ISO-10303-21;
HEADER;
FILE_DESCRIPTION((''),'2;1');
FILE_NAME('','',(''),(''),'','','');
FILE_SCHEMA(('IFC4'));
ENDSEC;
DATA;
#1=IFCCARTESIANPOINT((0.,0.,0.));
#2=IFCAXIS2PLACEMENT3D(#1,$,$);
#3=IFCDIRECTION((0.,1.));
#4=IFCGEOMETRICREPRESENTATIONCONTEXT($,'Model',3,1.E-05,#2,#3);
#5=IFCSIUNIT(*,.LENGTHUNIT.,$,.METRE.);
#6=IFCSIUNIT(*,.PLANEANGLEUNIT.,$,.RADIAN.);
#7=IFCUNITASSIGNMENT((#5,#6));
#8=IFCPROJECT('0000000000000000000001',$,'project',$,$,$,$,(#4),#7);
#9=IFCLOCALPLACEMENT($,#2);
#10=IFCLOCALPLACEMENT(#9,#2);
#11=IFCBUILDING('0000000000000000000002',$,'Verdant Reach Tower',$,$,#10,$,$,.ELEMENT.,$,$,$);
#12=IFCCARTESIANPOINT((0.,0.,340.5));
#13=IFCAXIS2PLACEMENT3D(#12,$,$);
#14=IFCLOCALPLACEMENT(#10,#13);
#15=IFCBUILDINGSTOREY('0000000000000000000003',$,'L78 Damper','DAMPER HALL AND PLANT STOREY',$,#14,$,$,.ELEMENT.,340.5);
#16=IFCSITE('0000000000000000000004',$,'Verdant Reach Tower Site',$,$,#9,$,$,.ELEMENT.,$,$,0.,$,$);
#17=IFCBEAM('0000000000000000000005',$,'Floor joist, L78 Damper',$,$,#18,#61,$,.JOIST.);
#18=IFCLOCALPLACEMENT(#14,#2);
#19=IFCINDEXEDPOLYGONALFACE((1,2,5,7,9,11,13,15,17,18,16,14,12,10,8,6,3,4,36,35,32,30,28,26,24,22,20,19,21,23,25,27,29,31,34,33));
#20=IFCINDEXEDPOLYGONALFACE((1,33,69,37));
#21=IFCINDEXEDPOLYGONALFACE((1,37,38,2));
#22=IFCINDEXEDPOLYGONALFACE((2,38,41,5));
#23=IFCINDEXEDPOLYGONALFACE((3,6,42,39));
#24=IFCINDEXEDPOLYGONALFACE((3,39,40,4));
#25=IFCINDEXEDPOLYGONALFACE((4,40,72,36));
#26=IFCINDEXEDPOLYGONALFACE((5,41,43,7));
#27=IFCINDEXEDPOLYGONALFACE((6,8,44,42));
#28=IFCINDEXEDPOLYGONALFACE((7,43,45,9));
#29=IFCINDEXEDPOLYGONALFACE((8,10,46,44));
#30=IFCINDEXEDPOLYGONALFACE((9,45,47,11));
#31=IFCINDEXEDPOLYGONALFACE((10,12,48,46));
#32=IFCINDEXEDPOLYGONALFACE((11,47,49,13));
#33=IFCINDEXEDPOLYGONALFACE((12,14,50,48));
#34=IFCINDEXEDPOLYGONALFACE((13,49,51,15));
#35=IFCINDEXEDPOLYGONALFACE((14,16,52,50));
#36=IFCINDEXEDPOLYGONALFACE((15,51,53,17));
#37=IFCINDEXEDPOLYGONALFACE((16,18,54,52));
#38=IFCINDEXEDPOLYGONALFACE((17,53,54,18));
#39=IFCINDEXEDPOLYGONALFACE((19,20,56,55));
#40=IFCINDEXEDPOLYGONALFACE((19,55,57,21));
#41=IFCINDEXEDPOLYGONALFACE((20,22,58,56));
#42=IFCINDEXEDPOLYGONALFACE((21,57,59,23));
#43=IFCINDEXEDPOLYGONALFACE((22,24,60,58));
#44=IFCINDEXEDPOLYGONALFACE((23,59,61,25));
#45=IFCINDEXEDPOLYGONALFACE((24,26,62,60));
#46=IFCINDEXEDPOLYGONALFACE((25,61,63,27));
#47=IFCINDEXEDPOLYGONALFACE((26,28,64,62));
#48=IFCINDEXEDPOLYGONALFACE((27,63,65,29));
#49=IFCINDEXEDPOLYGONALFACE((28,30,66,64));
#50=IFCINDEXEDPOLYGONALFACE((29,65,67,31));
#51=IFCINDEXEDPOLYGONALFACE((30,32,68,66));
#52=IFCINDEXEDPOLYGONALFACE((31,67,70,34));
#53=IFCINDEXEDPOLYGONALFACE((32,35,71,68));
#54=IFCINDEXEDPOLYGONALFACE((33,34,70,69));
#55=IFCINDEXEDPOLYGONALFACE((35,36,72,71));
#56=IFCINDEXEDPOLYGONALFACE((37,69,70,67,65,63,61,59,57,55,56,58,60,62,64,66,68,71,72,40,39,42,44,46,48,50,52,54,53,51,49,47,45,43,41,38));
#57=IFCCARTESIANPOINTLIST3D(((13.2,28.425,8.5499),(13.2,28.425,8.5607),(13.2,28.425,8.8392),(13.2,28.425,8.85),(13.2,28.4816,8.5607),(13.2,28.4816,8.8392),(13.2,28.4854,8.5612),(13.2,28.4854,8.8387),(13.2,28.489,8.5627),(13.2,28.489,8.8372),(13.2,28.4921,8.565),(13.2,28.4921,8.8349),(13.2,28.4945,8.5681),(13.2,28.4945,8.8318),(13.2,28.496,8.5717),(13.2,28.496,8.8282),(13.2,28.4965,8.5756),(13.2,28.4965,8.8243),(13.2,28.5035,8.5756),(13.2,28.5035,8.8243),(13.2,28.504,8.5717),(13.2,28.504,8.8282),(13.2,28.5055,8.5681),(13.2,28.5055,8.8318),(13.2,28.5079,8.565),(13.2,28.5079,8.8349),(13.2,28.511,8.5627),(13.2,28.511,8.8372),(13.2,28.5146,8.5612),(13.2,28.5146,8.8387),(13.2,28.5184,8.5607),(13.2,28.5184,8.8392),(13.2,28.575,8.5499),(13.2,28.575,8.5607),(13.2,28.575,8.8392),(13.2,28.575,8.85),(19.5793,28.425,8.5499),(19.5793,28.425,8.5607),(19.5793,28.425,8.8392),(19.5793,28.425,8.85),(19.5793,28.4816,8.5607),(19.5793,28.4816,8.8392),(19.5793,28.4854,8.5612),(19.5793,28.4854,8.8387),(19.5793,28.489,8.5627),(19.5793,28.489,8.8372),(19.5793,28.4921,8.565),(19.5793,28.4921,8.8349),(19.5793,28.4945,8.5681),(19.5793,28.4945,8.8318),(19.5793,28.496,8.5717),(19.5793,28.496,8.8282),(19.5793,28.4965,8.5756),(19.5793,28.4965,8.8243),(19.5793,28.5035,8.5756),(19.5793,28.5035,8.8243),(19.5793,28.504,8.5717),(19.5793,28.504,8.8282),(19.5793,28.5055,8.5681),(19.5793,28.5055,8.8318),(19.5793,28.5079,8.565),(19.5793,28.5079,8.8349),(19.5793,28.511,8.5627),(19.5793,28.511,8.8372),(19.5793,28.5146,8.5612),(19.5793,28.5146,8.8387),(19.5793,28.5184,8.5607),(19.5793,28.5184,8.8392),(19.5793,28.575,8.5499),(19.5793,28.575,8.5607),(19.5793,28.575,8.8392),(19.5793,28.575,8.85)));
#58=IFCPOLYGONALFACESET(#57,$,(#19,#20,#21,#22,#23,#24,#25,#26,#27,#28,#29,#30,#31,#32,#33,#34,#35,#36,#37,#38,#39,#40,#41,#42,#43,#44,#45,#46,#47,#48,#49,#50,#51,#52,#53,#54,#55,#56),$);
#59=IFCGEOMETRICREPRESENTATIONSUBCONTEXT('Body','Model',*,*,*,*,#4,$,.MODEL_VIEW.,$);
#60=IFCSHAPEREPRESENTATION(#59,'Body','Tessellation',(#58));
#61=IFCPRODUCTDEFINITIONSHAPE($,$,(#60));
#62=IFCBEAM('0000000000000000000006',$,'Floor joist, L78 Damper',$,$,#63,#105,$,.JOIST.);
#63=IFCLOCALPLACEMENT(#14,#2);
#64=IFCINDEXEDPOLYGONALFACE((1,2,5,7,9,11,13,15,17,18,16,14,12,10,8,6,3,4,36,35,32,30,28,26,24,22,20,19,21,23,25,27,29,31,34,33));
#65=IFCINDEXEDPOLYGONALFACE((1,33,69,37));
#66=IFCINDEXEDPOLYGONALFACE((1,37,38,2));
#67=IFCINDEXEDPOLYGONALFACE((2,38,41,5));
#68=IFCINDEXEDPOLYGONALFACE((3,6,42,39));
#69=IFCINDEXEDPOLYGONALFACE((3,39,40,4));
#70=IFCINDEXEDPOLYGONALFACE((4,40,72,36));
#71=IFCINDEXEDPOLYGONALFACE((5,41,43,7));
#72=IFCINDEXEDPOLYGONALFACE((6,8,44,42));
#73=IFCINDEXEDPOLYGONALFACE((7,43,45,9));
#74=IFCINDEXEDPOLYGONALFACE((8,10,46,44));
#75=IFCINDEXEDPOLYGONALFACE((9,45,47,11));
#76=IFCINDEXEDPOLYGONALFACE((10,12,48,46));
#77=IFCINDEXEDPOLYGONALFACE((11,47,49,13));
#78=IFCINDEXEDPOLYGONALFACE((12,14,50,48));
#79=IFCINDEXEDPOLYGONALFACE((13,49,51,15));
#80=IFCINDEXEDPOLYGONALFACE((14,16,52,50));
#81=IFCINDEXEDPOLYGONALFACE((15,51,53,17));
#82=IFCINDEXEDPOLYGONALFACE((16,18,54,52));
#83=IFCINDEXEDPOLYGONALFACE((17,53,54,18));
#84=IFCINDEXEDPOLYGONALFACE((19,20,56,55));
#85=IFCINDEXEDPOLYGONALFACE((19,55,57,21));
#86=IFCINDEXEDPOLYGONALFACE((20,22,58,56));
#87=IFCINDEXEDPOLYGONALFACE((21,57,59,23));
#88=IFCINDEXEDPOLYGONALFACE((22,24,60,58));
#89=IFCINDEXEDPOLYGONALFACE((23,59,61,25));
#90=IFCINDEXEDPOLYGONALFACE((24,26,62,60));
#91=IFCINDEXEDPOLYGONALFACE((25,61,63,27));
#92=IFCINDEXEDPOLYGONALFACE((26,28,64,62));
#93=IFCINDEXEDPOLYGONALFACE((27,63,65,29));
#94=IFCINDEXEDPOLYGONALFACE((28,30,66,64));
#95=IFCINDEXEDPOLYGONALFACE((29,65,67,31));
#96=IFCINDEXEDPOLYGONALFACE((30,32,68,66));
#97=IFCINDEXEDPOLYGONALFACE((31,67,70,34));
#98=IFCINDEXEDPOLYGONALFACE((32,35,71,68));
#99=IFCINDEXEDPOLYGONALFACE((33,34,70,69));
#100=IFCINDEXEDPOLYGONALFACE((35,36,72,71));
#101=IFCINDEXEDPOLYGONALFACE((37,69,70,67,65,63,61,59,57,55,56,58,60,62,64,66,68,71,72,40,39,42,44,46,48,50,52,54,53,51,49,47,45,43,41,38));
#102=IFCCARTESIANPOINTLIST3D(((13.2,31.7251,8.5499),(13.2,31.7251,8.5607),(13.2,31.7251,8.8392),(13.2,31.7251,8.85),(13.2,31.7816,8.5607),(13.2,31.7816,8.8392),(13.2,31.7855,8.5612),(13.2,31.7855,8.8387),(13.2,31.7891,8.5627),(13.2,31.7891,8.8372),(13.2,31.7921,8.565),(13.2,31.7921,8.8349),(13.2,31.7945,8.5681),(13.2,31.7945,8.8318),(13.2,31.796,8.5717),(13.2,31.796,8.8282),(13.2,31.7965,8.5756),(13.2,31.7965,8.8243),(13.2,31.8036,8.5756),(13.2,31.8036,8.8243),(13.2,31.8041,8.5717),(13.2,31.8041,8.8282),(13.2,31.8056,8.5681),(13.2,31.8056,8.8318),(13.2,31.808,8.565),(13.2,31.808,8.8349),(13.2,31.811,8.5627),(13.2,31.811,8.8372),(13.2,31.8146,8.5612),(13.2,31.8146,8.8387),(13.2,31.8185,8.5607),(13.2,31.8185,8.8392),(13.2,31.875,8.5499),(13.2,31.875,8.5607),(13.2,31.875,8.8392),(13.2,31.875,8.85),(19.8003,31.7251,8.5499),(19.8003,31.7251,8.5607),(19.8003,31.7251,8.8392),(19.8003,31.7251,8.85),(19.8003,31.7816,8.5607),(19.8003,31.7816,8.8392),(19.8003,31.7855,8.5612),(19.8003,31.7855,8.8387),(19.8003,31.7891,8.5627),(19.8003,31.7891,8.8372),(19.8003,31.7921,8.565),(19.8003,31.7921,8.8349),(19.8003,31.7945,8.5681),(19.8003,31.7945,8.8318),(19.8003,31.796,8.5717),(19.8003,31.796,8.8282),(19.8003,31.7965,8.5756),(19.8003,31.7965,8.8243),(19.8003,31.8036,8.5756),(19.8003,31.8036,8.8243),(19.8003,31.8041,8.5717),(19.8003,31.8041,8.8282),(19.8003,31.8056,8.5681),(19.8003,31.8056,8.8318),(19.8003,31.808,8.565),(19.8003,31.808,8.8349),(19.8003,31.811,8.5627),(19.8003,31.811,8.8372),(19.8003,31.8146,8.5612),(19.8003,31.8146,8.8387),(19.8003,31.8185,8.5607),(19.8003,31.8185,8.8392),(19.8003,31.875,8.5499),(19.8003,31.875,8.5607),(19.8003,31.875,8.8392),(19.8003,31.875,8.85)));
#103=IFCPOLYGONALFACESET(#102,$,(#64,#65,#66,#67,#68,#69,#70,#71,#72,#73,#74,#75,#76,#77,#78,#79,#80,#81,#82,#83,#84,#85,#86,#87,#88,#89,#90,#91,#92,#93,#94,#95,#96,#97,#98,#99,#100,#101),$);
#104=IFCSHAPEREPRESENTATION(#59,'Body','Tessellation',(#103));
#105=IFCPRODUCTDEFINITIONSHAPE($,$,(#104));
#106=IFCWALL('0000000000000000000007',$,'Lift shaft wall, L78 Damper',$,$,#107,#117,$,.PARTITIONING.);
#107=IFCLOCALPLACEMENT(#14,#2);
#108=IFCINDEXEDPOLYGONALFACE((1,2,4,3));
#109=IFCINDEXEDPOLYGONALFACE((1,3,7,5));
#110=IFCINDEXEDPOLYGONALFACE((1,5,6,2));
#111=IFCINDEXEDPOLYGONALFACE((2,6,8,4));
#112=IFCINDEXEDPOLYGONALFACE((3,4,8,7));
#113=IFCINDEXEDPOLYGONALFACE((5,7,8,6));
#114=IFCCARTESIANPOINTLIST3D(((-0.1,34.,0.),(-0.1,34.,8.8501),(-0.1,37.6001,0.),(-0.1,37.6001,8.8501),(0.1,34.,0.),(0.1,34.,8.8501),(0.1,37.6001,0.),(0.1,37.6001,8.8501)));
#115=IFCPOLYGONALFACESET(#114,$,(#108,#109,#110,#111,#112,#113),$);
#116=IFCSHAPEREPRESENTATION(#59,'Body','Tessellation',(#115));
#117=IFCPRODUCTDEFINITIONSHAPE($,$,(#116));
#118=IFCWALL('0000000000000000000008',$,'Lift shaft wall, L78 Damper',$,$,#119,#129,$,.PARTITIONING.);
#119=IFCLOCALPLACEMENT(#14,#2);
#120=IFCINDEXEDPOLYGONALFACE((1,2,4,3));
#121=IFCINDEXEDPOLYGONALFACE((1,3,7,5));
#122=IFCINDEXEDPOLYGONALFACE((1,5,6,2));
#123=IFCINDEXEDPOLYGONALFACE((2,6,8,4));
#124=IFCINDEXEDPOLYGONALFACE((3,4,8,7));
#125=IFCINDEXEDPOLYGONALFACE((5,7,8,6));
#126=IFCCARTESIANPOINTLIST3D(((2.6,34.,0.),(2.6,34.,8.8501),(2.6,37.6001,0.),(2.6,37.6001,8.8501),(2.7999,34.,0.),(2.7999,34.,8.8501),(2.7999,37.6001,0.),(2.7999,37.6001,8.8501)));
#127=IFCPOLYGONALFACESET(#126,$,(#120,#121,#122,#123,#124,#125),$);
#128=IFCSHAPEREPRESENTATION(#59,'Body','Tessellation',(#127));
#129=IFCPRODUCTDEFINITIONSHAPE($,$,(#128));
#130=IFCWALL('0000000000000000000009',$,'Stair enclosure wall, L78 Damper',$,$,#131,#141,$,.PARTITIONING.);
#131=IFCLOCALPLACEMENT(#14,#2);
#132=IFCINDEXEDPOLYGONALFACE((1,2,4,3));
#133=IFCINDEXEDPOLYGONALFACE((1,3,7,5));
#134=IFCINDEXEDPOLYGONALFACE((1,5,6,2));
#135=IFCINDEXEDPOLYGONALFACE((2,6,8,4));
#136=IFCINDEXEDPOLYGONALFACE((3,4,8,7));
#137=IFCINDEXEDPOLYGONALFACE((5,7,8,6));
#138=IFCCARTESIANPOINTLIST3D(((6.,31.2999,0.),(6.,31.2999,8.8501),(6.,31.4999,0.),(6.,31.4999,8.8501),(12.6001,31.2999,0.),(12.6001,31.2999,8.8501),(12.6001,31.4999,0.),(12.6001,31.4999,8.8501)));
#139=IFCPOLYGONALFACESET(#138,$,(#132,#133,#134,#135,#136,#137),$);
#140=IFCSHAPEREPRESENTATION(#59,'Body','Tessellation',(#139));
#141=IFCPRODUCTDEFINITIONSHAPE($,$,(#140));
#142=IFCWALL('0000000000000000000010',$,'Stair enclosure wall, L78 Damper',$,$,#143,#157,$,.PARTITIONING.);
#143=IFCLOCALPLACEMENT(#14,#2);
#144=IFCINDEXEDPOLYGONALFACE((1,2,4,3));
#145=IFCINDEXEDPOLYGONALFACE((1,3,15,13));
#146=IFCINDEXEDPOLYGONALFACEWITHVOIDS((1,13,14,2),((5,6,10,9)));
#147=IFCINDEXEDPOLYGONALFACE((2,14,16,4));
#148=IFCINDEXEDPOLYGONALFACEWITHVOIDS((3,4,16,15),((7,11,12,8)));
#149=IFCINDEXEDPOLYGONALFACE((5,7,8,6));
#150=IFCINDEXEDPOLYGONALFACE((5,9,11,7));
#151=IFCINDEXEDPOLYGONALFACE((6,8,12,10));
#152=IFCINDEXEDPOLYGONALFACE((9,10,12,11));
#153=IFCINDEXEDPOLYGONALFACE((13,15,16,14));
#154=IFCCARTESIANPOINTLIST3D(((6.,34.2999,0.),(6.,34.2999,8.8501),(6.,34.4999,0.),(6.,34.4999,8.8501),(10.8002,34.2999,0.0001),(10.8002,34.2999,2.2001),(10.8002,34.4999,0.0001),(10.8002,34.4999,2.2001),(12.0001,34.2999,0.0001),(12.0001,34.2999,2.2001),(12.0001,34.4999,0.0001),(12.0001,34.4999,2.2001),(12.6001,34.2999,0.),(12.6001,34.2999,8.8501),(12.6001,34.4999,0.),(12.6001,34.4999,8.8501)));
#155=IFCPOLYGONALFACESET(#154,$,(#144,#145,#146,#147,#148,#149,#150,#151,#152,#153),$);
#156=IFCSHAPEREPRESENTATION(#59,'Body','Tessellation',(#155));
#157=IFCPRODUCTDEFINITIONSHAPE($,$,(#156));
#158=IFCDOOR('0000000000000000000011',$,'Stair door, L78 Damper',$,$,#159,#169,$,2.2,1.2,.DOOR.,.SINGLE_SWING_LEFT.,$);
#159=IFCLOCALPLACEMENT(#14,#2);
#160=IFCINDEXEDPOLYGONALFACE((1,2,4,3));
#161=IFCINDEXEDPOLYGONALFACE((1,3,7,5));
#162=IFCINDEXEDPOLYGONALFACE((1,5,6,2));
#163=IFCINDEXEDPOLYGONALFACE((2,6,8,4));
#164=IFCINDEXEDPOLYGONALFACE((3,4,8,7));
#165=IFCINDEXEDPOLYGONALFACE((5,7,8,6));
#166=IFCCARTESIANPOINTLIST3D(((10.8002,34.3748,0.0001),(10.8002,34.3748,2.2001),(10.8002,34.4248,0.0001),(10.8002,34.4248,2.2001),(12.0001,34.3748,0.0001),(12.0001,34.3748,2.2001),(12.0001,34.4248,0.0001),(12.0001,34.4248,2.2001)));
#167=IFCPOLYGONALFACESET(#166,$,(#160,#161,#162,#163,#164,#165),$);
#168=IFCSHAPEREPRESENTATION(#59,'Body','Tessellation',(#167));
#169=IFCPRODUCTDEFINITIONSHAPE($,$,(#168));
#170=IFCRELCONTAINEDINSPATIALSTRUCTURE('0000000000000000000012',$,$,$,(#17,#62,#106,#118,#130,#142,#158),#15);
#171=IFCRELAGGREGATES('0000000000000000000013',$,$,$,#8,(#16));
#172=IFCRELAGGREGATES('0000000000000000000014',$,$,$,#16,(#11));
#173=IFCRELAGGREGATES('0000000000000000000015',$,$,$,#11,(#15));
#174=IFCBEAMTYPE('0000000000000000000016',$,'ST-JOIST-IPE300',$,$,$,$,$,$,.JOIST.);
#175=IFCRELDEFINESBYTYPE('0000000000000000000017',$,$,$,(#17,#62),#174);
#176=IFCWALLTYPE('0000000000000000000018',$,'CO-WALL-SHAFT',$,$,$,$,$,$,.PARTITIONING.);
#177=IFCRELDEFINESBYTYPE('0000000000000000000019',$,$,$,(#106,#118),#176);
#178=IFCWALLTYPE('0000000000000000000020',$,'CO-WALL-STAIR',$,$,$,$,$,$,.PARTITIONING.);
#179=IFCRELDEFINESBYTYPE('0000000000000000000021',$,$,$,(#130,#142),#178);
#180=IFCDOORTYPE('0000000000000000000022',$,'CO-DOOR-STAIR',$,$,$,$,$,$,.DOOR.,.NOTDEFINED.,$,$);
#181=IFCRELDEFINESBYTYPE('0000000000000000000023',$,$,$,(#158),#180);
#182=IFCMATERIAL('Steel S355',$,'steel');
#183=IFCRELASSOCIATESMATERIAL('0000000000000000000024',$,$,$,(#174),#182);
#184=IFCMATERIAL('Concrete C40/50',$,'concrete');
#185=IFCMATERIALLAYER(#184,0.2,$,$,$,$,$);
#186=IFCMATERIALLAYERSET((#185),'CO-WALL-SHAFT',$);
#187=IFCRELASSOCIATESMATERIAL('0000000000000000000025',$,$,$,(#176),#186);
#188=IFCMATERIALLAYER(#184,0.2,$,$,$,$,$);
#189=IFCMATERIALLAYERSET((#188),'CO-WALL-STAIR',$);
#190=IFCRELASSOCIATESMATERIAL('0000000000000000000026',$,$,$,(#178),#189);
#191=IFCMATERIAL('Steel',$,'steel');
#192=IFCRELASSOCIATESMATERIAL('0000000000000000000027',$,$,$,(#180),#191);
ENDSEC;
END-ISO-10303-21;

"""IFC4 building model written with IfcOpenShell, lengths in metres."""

from ifc_helpers import new_model, si_unit, direction, frame, frame_2d, origin, origin_2d, place, context, subcontext, project, spatial, rectangle, i_section, extrude, material, layer, layer_set, material_profile, profile_set, type_object, element, fill, save


model = new_model("IFC4")

# Units and contexts
model_context = context("Model", 3, precision=1e-05, world=origin(), true_north=direction((0.0, 1.0)))
body_context = subcontext(model_context, "Body", "Model", "MODEL_VIEW")
ifc_project = project(units=[si_unit("LENGTHUNIT", "METRE"), si_unit("PLANEANGLEUNIT", "RADIAN")], contexts=[model_context])

# Site, building, storey
site_placement = place(None, origin())
site = spatial("IfcSite", under=ifc_project, at=site_placement, Name="Verdant Reach Tower Site", CompositionType="ELEMENT", RefElevation=0.0)
building_placement = place(site_placement, origin())
building = spatial("IfcBuilding", under=site, at=building_placement, Name="Verdant Reach Tower", CompositionType="ELEMENT")
storey_placement = place(building_placement, frame((0.0, 0.0, 340.5)))
storey = spatial("IfcBuildingStorey", under=building, at=storey_placement, Name="L78 Damper", Description="DAMPER HALL AND PLANT STOREY", CompositionType="ELEMENT", Elevation=340.5)

# Beams
ifc_material_1 = material(Name="Steel S355", Category="steel")
ifc_material_profile = material_profile(ifc_material_1, i_section(OverallWidth=0.1499, OverallDepth=0.3, WebThickness=0.0071, FlangeThickness=0.0107, FilletRadius=0.0149, at=origin_2d()), Name="IPE 300")
ifc_profile_set = profile_set([ifc_material_profile], Name="Steel S355")
beam_type = type_object("IfcBeamType", Name="ST-JOIST-IPE300", PredefinedType="JOIST", material=ifc_profile_set)
beam_1_placement = place(storey_placement, frame((13.2, 28.5, 8.7), z_axis=(1.0, 0.0, 0.0), x_axis=(0.0, 1.0, 0.0)))
element("IfcBeam", 1, at=beam_1_placement, inside=storey, type_object=beam_type, Name="Floor joist, L78 Damper", PredefinedType="JOIST", context=body_context, shape_type="SweptSolid", body=[
    extrude(i_section(OverallWidth=0.1499, OverallDepth=0.3, WebThickness=0.0071, FlangeThickness=0.0107, FilletRadius=0.0149, at=origin_2d()), origin(), (0.0, 0.0, 1.0), 6.3794),
])
beam_2_placement = place(storey_placement, frame((13.2, 31.8, 8.7), z_axis=(1.0, 0.0, 0.0), x_axis=(0.0, 1.0, 0.0)))
element("IfcBeam", 2, at=beam_2_placement, inside=storey, type_object=beam_type, Name="Floor joist, L78 Damper", PredefinedType="JOIST", context=body_context, shape_type="SweptSolid", body=[
    extrude(i_section(OverallWidth=0.1499, OverallDepth=0.3, WebThickness=0.0071, FlangeThickness=0.0107, FilletRadius=0.0149, at=origin_2d()), origin(), (0.0, 0.0, 1.0), 6.6003),
])

# Walls
ifc_material_2 = material(Name="Concrete C40/50", Category="concrete")
ifc_layer_1 = layer(ifc_material_2, 0.2)
ifc_layer_set_1 = layer_set([ifc_layer_1], Name="CO-WALL-SHAFT")
wall_type_1 = type_object("IfcWallType", Name="CO-WALL-SHAFT", PredefinedType="PARTITIONING", material=ifc_layer_set_1)
for number, where, z_axis, x_axis, name in (
    (3, (0.0, 34.0, 0.0), (0.0, 0.0, 1.0), (0.0, 1.0, 0.0), "Lift shaft wall, L78 Damper"),
    (4, (2.7, 34.0, 0.0), (0.0, 0.0, 1.0), (0.0, 1.0, 0.0), "Lift shaft wall, L78 Damper"),
):
    element("IfcWall", number, at=place(storey_placement, frame(where, z_axis=z_axis, x_axis=x_axis)), inside=storey, type_object=wall_type_1, Name=name, PredefinedType="PARTITIONING", context=body_context, shape_type="SweptSolid", body=[
        extrude(rectangle(XDim=3.6001, YDim=0.2, at=frame_2d((1.8, 0.0))), origin(), (0.0, 0.0, 1.0), 8.8501),
    ])
ifc_layer_2 = layer(ifc_material_2, 0.2)
ifc_layer_set_2 = layer_set([ifc_layer_2], Name="CO-WALL-STAIR")
wall_type_2 = type_object("IfcWallType", Name="CO-WALL-STAIR", PredefinedType="PARTITIONING", material=ifc_layer_set_2)
wall_1_placement = place(storey_placement, frame((6.0, 31.3999, 0.0), z_axis=(0.0, 0.0, 1.0), x_axis=(1.0, 0.0, 0.0)))
element("IfcWall", 5, at=wall_1_placement, inside=storey, type_object=wall_type_2, Name="Stair enclosure wall, L78 Damper", PredefinedType="PARTITIONING", context=body_context, shape_type="SweptSolid", body=[
    extrude(rectangle(XDim=6.6001, YDim=0.2, at=frame_2d((3.3, 0.0))), origin(), (0.0, 0.0, 1.0), 8.8501),
])

# Wall, opening, door
wall_2_placement = place(storey_placement, frame((6.0, 34.3999, 0.0), z_axis=(0.0, 0.0, 1.0), x_axis=(1.0, 0.0, 0.0)))
wall_2 = element("IfcWall", 6, at=wall_2_placement, inside=storey, type_object=wall_type_2, Name="Stair enclosure wall, L78 Damper", PredefinedType="PARTITIONING", context=body_context, shape_type="SweptSolid", body=[
    extrude(rectangle(XDim=6.6001, YDim=0.2, at=frame_2d((3.3, 0.0))), origin(), (0.0, 0.0, 1.0), 8.8501),
])
opening_placement = place(wall_2_placement, frame((4.8, 0.0, 0.0)))
opening = element("IfcOpeningElement", 7, at=opening_placement, cuts=wall_2, PredefinedType="OPENING", context=body_context, shape_type="SweptSolid", body=[
    extrude(rectangle(XDim=1.2, YDim=2.2, at=frame_2d((0.6001, 1.1001))), frame((0.0, 0.1099, 0.0), z_axis=(0.0, -1.0, 0.0), x_axis=(1.0, 0.0, 0.0)), (0.0, 0.0, 1.0), 0.22),
])
ifc_material_3 = material(Name="Steel", Category="steel")
door_type = type_object("IfcDoorType", Name="CO-DOOR-STAIR", OperationType="NOTDEFINED", PredefinedType="DOOR", material=ifc_material_3)
door_placement = place(opening_placement, origin())
door = element("IfcDoor", 8, at=door_placement, inside=storey, type_object=door_type, Name="Stair door, L78 Damper", OperationType="SINGLE_SWING_LEFT", OverallHeight=2.2, OverallWidth=1.2, PredefinedType="DOOR", context=body_context, shape_type="SweptSolid", body=[
    extrude(rectangle(XDim=1.2, YDim=2.2, at=frame_2d((0.6001, 1.1001))), frame((0.0, 0.0249, 0.0), z_axis=(0.0, -1.0, 0.0), x_axis=(1.0, 0.0, 0.0)), (0.0, 0.0, 1.0), 0.05),
])
fill(opening, door)

save(model, "model.ifc")
